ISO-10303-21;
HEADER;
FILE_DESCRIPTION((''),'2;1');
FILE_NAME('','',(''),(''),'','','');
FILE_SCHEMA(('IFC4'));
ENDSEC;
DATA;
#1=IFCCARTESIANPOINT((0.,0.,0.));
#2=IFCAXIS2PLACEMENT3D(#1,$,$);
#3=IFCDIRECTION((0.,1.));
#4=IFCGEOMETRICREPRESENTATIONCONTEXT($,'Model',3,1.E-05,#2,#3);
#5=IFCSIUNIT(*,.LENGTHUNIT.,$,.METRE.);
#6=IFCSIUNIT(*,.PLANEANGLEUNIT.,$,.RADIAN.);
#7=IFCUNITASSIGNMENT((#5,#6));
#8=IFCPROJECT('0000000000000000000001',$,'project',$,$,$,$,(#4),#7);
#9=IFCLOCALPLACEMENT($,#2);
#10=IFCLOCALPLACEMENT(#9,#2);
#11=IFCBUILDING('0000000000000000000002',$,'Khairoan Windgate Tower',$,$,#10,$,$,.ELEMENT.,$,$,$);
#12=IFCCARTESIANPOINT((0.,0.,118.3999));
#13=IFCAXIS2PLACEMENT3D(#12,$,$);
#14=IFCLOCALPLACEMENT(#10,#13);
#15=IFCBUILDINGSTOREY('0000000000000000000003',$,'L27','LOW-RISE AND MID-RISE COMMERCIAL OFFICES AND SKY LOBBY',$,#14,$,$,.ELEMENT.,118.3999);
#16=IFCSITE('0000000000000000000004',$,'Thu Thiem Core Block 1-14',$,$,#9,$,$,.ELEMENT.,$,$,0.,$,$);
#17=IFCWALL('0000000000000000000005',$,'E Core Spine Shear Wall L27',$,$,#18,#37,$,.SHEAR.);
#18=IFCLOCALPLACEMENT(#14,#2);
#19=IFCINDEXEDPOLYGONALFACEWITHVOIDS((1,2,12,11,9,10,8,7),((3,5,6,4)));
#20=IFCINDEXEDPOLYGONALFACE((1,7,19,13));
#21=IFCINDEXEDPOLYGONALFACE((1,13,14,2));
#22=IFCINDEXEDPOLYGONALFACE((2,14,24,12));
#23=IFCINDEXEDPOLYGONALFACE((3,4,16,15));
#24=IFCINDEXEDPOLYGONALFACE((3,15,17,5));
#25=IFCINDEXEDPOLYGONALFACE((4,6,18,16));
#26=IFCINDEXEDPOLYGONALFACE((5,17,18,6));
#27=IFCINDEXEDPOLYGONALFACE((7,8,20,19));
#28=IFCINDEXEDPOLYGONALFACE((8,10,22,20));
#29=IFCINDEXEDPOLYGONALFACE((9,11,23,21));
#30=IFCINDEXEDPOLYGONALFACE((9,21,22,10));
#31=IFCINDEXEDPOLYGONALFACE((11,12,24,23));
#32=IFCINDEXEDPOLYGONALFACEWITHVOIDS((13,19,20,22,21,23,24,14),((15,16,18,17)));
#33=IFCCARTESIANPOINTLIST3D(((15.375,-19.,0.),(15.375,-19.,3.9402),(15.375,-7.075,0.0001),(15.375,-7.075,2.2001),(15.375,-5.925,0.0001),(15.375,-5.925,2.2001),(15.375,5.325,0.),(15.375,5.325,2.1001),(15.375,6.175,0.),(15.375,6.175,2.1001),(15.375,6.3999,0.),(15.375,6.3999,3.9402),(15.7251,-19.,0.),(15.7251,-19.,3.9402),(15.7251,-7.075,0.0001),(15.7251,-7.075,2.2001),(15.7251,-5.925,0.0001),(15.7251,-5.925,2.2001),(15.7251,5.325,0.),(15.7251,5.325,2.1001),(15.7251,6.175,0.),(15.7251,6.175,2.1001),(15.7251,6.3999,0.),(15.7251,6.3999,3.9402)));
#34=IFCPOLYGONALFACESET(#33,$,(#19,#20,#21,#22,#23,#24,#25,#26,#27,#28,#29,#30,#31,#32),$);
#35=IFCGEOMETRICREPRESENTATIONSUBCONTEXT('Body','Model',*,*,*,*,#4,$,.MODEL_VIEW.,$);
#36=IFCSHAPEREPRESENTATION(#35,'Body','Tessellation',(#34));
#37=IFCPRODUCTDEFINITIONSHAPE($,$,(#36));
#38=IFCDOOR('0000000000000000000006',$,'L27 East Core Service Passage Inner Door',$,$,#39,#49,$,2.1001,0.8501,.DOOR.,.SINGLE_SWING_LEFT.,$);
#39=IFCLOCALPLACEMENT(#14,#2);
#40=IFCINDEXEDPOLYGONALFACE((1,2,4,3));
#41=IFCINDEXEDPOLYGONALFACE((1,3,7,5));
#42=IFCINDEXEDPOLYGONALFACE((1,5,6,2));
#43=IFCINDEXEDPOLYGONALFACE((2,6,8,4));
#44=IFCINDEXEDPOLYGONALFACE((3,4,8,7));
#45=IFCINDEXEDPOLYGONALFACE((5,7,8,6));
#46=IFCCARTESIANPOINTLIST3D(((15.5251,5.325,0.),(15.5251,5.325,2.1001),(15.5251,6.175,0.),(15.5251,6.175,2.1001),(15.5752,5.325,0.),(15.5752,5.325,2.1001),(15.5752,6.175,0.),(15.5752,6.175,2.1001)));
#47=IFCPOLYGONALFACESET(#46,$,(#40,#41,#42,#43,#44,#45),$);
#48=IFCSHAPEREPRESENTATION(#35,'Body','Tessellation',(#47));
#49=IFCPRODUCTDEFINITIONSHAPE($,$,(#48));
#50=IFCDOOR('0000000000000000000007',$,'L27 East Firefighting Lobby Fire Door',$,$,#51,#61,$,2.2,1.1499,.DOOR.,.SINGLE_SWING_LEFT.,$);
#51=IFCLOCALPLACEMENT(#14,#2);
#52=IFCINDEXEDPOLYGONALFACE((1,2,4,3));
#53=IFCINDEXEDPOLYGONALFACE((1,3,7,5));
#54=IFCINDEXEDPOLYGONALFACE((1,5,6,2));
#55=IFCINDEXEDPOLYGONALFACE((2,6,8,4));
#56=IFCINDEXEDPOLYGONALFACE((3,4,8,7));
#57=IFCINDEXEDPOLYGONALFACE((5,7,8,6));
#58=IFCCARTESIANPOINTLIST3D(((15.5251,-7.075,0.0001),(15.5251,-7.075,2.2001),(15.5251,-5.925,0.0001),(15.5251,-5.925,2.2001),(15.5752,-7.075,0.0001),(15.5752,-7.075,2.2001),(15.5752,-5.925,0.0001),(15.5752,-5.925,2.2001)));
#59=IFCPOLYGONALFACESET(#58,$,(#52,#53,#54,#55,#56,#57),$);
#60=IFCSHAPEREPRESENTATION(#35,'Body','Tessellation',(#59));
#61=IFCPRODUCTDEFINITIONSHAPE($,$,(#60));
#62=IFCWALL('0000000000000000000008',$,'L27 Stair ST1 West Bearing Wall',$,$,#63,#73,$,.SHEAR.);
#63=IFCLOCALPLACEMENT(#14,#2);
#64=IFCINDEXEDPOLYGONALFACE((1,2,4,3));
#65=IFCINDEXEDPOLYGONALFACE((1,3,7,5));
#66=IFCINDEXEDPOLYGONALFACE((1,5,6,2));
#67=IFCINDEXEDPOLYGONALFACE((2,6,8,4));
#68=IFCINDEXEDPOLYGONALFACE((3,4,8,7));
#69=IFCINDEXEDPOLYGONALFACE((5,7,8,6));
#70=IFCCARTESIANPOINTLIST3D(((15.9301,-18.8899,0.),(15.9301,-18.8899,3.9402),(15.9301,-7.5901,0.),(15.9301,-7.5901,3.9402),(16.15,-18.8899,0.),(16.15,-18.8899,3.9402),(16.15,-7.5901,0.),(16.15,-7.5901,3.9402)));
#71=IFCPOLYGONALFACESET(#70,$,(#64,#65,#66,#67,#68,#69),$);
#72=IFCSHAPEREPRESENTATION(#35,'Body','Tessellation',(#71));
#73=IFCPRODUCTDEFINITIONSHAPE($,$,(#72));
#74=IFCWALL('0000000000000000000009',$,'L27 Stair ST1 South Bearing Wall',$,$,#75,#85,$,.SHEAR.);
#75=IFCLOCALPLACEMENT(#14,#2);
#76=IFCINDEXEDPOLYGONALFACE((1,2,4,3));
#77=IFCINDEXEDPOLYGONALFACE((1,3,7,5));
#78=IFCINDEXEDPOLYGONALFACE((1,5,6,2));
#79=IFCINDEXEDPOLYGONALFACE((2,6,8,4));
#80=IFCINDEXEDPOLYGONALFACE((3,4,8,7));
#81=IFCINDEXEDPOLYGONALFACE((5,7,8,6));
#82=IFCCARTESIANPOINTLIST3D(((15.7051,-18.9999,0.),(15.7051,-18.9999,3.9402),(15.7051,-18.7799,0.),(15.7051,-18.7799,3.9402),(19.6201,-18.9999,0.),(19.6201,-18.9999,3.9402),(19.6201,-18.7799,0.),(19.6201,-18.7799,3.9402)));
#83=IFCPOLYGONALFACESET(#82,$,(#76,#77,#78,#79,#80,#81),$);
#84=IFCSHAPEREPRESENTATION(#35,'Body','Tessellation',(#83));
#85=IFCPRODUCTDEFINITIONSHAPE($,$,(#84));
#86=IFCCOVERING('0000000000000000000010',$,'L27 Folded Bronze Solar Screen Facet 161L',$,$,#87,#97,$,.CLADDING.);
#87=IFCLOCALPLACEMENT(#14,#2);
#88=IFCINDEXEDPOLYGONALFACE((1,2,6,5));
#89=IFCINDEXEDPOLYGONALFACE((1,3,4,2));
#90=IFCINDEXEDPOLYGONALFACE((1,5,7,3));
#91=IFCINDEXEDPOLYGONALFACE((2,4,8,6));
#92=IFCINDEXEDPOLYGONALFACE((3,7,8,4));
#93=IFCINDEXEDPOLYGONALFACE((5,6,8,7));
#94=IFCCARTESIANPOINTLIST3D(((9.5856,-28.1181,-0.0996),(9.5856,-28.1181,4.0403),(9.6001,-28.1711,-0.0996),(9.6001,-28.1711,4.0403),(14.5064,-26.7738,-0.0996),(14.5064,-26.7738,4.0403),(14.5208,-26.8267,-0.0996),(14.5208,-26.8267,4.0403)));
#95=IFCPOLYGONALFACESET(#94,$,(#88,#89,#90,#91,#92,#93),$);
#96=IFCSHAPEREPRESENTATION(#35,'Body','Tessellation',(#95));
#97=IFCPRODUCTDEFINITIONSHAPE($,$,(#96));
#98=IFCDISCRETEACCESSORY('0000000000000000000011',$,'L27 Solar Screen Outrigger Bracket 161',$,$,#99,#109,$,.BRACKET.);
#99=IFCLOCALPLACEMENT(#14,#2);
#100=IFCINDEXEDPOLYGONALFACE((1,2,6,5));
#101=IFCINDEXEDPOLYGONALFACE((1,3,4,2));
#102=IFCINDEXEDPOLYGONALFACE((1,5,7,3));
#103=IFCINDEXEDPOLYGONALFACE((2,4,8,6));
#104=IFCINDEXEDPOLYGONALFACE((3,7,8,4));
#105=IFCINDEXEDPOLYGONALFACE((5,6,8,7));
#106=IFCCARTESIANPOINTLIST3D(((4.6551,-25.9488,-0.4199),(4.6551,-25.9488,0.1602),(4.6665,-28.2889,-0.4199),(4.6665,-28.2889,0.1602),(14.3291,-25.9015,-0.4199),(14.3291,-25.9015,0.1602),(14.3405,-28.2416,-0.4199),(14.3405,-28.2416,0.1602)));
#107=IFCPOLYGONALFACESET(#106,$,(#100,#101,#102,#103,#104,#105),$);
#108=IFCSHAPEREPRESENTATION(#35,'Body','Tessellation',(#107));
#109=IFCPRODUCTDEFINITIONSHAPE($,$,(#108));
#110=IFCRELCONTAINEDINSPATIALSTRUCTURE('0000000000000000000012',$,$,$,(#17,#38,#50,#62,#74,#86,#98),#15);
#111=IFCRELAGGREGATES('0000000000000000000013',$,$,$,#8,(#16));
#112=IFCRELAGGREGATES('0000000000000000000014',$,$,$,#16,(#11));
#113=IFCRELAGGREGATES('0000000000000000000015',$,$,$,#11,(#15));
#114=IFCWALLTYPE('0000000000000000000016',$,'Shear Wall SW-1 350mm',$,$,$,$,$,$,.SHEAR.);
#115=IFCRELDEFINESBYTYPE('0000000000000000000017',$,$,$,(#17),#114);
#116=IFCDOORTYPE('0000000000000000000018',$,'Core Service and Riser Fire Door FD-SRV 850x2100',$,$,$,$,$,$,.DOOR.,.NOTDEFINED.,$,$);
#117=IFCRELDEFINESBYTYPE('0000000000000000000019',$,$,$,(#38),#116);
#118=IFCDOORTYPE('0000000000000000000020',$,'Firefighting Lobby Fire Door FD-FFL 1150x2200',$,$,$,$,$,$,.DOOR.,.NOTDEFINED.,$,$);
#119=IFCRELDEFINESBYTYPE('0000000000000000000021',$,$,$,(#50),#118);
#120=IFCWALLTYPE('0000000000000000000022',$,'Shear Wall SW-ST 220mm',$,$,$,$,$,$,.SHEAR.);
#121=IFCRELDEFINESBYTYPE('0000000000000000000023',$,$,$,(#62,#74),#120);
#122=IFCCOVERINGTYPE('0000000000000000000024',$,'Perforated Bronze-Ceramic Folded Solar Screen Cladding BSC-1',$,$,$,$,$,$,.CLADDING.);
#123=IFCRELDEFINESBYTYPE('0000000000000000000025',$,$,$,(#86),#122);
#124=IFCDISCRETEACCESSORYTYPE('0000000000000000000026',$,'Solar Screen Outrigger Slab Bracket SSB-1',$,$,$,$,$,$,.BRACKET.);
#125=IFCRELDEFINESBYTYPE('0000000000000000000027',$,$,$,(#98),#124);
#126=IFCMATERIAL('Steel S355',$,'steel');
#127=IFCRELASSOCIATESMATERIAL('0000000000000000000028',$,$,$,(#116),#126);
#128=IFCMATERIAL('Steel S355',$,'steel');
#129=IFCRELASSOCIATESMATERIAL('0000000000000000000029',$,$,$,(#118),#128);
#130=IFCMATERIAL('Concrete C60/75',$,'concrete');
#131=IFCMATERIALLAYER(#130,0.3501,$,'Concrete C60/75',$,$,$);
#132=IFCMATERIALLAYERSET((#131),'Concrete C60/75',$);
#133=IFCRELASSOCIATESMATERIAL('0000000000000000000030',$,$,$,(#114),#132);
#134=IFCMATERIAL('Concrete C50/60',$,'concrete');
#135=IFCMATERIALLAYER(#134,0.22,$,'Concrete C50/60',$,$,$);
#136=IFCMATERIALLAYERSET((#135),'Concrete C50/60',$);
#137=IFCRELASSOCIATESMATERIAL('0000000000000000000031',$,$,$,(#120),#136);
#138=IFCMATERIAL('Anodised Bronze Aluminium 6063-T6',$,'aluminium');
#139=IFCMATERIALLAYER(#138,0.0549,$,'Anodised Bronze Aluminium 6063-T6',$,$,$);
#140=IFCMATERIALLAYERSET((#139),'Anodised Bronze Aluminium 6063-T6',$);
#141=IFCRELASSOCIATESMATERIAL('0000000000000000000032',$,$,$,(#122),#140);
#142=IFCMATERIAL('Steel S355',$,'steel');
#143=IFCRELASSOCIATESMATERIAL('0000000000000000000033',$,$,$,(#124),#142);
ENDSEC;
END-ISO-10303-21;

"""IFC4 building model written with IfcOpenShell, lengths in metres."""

from ifc_helpers import new_model, si_unit, direction, frame, frame_2d, origin, origin_2d, place, context, subcontext, project, spatial, rectangle, extrude, material, layer, layer_set, type_object, element, fill, save


model = new_model("IFC4")

# Units and contexts
model_context = context("Model", 3, precision=1e-05, world=origin(), true_north=direction((0.0, 1.0)))
body_context = subcontext(model_context, "Body", "Model", "MODEL_VIEW")
ifc_project = project(units=[si_unit("LENGTHUNIT", "METRE"), si_unit("PLANEANGLEUNIT", "RADIAN")], contexts=[model_context])

# Site, building, storey
site_placement = place(None, origin())
site = spatial("IfcSite", under=ifc_project, at=site_placement, Name="Thu Thiem Core Block 1-14", CompositionType="ELEMENT", RefElevation=0.0)
building_placement = place(site_placement, origin())
building = spatial("IfcBuilding", under=site, at=building_placement, Name="Khairoan Windgate Tower", CompositionType="ELEMENT")
storey_placement = place(building_placement, frame((0.0, 0.0, 118.3999)))
storey = spatial("IfcBuildingStorey", under=building, at=storey_placement, Name="L27", Description="LOW-RISE AND MID-RISE COMMERCIAL OFFICES AND SKY LOBBY", CompositionType="ELEMENT", Elevation=118.3999)

# Shared definitions
ifc_material_1 = material(Name="Steel S355", Category="steel")
door_type_1 = type_object("IfcDoorType", Name="Core Service and Riser Fire Door FD-SRV 850x2100", OperationType="NOTDEFINED", PredefinedType="DOOR", material=ifc_material_1)

# Shared definitions
ifc_material_2 = material(Name="Steel S355", Category="steel")
door_type_2 = type_object("IfcDoorType", Name="Firefighting Lobby Fire Door FD-FFL 1150x2200", OperationType="NOTDEFINED", PredefinedType="DOOR", material=ifc_material_2)

# Wall, openings, doors
ifc_material_3 = material(Name="Concrete C60/75", Category="concrete")
ifc_layer_1 = layer(ifc_material_3, 0.3501, Name="Concrete C60/75")
ifc_layer_set_1 = layer_set([ifc_layer_1], Name="Concrete C60/75")
wall_type_1 = type_object("IfcWallType", Name="Shear Wall SW-1 350mm", PredefinedType="SHEAR", material=ifc_layer_set_1)
wall_1_placement = place(storey_placement, frame((15.55, -19.0, 0.0), z_axis=(0.0, 0.0, 1.0), x_axis=(0.0, 1.0, 0.0)))
wall_1 = element("IfcWall", 1, at=wall_1_placement, inside=storey, type_object=wall_type_1, Name="E Core Spine Shear Wall L27", PredefinedType="SHEAR", context=body_context, shape_type="SweptSolid", body=[
    extrude(rectangle(XDim=25.3999, YDim=0.3501, at=frame_2d((12.7, 0.0))), origin(), (0.0, 0.0, 1.0), 3.9402),
])
opening_1_placement = place(wall_1_placement, frame((11.925, 0.0, 0.0)))
opening_1 = element("IfcOpeningElement", 2, at=opening_1_placement, cuts=wall_1, PredefinedType="OPENING", context=body_context, shape_type="SweptSolid", body=[
    extrude(rectangle(XDim=1.1499, YDim=2.2, at=frame_2d((0.575, 1.1001))), frame((0.0, 0.1851, 0.0), z_axis=(0.0, -1.0, 0.0), x_axis=(1.0, 0.0, 0.0)), (0.0, 0.0, 1.0), 0.3701),
])
opening_2_placement = place(wall_1_placement, frame((24.325, 0.0, 0.0)))
opening_2 = element("IfcOpeningElement", 3, at=opening_2_placement, cuts=wall_1, PredefinedType="OPENING", context=body_context, shape_type="SweptSolid", body=[
    extrude(rectangle(XDim=0.8501, YDim=2.1001, at=frame_2d((0.425, 1.05))), frame((0.0, 0.1851, 0.0), z_axis=(0.0, -1.0, 0.0), x_axis=(1.0, 0.0, 0.0)), (0.0, 0.0, 1.0), 0.3701),
])
door_1_placement = place(opening_2_placement, origin())
door_1 = element("IfcDoor", 4, at=door_1_placement, inside=storey, type_object=door_type_1, Name="L27 East Core Service Passage Inner Door", OperationType="SINGLE_SWING_LEFT", OverallHeight=2.1001, OverallWidth=0.8501, PredefinedType="DOOR", context=body_context, shape_type="SweptSolid", body=[
    extrude(rectangle(XDim=0.8501, YDim=2.1001, at=frame_2d((0.425, 1.05))), frame((0.0, 0.0249, 0.0), z_axis=(0.0, -1.0, 0.0), x_axis=(1.0, 0.0, 0.0)), (0.0, 0.0, 1.0), 0.05),
])
fill(opening_2, door_1)
door_2_placement = place(opening_1_placement, origin())
door_2 = element("IfcDoor", 5, at=door_2_placement, inside=storey, type_object=door_type_2, Name="L27 East Firefighting Lobby Fire Door", OperationType="SINGLE_SWING_LEFT", OverallHeight=2.2, OverallWidth=1.1499, PredefinedType="DOOR", context=body_context, shape_type="SweptSolid", body=[
    extrude(rectangle(XDim=1.1499, YDim=2.2, at=frame_2d((0.575, 1.1001))), frame((0.0, 0.0249, 0.0), z_axis=(0.0, -1.0, 0.0), x_axis=(1.0, 0.0, 0.0)), (0.0, 0.0, 1.0), 0.05),
])
fill(opening_1, door_2)

# Walls
ifc_material_4 = material(Name="Concrete C50/60", Category="concrete")
ifc_layer_2 = layer(ifc_material_4, 0.22, Name="Concrete C50/60")
ifc_layer_set_2 = layer_set([ifc_layer_2], Name="Concrete C50/60")
wall_type_2 = type_object("IfcWallType", Name="Shear Wall SW-ST 220mm", PredefinedType="SHEAR", material=ifc_layer_set_2)
wall_2_placement = place(storey_placement, frame((16.04, -18.8899, 0.0), z_axis=(0.0, 0.0, 1.0), x_axis=(0.0, 1.0, 0.0)))
element("IfcWall", 6, at=wall_2_placement, inside=storey, type_object=wall_type_2, Name="L27 Stair ST1 West Bearing Wall", PredefinedType="SHEAR", context=body_context, shape_type="SweptSolid", body=[
    extrude(rectangle(XDim=11.2998, YDim=0.22, at=frame_2d((5.6499, 0.0))), origin(), (0.0, 0.0, 1.0), 3.9402),
])
wall_3_placement = place(storey_placement, frame((15.7051, -18.8899, 0.0), z_axis=(0.0, 0.0, 1.0), x_axis=(1.0, 0.0, 0.0)))
element("IfcWall", 7, at=wall_3_placement, inside=storey, type_object=wall_type_2, Name="L27 Stair ST1 South Bearing Wall", PredefinedType="SHEAR", context=body_context, shape_type="SweptSolid", body=[
    extrude(rectangle(XDim=3.915, YDim=0.22, at=frame_2d((1.9575, 0.0))), origin(), (0.0, 0.0, 1.0), 3.9402),
])

# Covering
ifc_material_5 = material(Name="Anodised Bronze Aluminium 6063-T6", Category="aluminium")
ifc_layer_3 = layer(ifc_material_5, 0.0549, Name="Anodised Bronze Aluminium 6063-T6")
ifc_layer_set_3 = layer_set([ifc_layer_3], Name="Anodised Bronze Aluminium 6063-T6")
covering_type = type_object("IfcCoveringType", Name="Perforated Bronze-Ceramic Folded Solar Screen Cladding BSC-1", PredefinedType="CLADDING", material=ifc_layer_set_3)
covering_placement = place(storey_placement, frame((12.0532, -27.4724, -0.0996), z_axis=(0.0, 0.0, 1.0), x_axis=(-0.964649, -0.263536, 0.0)))
element("IfcCovering", 8, at=covering_placement, inside=storey, type_object=covering_type, Name="L27 Folded Bronze Solar Screen Facet 161L", PredefinedType="CLADDING", context=body_context, shape_type="SweptSolid", body=[
    extrude(rectangle(XDim=5.1011, YDim=0.0549, at=origin_2d()), origin(), (0.0, 0.0, 1.0), 4.1399),
])

# Discrete accessory
ifc_material_6 = material(Name="Steel S355", Category="steel")
discrete_accessory_type = type_object("IfcDiscreteAccessoryType", Name="Solar Screen Outrigger Slab Bracket SSB-1", PredefinedType="BRACKET", material=ifc_material_6)
discrete_accessory_placement = place(storey_placement, frame((9.4978, -27.0952, -0.4199), z_axis=(0.0, 0.0, 1.0), x_axis=(-0.999988, -0.004887, 0.0)))
element("IfcDiscreteAccessory", 9, at=discrete_accessory_placement, inside=storey, type_object=discrete_accessory_type, Name="L27 Solar Screen Outrigger Bracket 161", PredefinedType="BRACKET", context=body_context, shape_type="SweptSolid", body=[
    extrude(rectangle(XDim=9.6741, YDim=2.3401, at=origin_2d()), origin(), (0.0, 0.0, 1.0), 0.5801),
])

save(model, "model.ifc")
